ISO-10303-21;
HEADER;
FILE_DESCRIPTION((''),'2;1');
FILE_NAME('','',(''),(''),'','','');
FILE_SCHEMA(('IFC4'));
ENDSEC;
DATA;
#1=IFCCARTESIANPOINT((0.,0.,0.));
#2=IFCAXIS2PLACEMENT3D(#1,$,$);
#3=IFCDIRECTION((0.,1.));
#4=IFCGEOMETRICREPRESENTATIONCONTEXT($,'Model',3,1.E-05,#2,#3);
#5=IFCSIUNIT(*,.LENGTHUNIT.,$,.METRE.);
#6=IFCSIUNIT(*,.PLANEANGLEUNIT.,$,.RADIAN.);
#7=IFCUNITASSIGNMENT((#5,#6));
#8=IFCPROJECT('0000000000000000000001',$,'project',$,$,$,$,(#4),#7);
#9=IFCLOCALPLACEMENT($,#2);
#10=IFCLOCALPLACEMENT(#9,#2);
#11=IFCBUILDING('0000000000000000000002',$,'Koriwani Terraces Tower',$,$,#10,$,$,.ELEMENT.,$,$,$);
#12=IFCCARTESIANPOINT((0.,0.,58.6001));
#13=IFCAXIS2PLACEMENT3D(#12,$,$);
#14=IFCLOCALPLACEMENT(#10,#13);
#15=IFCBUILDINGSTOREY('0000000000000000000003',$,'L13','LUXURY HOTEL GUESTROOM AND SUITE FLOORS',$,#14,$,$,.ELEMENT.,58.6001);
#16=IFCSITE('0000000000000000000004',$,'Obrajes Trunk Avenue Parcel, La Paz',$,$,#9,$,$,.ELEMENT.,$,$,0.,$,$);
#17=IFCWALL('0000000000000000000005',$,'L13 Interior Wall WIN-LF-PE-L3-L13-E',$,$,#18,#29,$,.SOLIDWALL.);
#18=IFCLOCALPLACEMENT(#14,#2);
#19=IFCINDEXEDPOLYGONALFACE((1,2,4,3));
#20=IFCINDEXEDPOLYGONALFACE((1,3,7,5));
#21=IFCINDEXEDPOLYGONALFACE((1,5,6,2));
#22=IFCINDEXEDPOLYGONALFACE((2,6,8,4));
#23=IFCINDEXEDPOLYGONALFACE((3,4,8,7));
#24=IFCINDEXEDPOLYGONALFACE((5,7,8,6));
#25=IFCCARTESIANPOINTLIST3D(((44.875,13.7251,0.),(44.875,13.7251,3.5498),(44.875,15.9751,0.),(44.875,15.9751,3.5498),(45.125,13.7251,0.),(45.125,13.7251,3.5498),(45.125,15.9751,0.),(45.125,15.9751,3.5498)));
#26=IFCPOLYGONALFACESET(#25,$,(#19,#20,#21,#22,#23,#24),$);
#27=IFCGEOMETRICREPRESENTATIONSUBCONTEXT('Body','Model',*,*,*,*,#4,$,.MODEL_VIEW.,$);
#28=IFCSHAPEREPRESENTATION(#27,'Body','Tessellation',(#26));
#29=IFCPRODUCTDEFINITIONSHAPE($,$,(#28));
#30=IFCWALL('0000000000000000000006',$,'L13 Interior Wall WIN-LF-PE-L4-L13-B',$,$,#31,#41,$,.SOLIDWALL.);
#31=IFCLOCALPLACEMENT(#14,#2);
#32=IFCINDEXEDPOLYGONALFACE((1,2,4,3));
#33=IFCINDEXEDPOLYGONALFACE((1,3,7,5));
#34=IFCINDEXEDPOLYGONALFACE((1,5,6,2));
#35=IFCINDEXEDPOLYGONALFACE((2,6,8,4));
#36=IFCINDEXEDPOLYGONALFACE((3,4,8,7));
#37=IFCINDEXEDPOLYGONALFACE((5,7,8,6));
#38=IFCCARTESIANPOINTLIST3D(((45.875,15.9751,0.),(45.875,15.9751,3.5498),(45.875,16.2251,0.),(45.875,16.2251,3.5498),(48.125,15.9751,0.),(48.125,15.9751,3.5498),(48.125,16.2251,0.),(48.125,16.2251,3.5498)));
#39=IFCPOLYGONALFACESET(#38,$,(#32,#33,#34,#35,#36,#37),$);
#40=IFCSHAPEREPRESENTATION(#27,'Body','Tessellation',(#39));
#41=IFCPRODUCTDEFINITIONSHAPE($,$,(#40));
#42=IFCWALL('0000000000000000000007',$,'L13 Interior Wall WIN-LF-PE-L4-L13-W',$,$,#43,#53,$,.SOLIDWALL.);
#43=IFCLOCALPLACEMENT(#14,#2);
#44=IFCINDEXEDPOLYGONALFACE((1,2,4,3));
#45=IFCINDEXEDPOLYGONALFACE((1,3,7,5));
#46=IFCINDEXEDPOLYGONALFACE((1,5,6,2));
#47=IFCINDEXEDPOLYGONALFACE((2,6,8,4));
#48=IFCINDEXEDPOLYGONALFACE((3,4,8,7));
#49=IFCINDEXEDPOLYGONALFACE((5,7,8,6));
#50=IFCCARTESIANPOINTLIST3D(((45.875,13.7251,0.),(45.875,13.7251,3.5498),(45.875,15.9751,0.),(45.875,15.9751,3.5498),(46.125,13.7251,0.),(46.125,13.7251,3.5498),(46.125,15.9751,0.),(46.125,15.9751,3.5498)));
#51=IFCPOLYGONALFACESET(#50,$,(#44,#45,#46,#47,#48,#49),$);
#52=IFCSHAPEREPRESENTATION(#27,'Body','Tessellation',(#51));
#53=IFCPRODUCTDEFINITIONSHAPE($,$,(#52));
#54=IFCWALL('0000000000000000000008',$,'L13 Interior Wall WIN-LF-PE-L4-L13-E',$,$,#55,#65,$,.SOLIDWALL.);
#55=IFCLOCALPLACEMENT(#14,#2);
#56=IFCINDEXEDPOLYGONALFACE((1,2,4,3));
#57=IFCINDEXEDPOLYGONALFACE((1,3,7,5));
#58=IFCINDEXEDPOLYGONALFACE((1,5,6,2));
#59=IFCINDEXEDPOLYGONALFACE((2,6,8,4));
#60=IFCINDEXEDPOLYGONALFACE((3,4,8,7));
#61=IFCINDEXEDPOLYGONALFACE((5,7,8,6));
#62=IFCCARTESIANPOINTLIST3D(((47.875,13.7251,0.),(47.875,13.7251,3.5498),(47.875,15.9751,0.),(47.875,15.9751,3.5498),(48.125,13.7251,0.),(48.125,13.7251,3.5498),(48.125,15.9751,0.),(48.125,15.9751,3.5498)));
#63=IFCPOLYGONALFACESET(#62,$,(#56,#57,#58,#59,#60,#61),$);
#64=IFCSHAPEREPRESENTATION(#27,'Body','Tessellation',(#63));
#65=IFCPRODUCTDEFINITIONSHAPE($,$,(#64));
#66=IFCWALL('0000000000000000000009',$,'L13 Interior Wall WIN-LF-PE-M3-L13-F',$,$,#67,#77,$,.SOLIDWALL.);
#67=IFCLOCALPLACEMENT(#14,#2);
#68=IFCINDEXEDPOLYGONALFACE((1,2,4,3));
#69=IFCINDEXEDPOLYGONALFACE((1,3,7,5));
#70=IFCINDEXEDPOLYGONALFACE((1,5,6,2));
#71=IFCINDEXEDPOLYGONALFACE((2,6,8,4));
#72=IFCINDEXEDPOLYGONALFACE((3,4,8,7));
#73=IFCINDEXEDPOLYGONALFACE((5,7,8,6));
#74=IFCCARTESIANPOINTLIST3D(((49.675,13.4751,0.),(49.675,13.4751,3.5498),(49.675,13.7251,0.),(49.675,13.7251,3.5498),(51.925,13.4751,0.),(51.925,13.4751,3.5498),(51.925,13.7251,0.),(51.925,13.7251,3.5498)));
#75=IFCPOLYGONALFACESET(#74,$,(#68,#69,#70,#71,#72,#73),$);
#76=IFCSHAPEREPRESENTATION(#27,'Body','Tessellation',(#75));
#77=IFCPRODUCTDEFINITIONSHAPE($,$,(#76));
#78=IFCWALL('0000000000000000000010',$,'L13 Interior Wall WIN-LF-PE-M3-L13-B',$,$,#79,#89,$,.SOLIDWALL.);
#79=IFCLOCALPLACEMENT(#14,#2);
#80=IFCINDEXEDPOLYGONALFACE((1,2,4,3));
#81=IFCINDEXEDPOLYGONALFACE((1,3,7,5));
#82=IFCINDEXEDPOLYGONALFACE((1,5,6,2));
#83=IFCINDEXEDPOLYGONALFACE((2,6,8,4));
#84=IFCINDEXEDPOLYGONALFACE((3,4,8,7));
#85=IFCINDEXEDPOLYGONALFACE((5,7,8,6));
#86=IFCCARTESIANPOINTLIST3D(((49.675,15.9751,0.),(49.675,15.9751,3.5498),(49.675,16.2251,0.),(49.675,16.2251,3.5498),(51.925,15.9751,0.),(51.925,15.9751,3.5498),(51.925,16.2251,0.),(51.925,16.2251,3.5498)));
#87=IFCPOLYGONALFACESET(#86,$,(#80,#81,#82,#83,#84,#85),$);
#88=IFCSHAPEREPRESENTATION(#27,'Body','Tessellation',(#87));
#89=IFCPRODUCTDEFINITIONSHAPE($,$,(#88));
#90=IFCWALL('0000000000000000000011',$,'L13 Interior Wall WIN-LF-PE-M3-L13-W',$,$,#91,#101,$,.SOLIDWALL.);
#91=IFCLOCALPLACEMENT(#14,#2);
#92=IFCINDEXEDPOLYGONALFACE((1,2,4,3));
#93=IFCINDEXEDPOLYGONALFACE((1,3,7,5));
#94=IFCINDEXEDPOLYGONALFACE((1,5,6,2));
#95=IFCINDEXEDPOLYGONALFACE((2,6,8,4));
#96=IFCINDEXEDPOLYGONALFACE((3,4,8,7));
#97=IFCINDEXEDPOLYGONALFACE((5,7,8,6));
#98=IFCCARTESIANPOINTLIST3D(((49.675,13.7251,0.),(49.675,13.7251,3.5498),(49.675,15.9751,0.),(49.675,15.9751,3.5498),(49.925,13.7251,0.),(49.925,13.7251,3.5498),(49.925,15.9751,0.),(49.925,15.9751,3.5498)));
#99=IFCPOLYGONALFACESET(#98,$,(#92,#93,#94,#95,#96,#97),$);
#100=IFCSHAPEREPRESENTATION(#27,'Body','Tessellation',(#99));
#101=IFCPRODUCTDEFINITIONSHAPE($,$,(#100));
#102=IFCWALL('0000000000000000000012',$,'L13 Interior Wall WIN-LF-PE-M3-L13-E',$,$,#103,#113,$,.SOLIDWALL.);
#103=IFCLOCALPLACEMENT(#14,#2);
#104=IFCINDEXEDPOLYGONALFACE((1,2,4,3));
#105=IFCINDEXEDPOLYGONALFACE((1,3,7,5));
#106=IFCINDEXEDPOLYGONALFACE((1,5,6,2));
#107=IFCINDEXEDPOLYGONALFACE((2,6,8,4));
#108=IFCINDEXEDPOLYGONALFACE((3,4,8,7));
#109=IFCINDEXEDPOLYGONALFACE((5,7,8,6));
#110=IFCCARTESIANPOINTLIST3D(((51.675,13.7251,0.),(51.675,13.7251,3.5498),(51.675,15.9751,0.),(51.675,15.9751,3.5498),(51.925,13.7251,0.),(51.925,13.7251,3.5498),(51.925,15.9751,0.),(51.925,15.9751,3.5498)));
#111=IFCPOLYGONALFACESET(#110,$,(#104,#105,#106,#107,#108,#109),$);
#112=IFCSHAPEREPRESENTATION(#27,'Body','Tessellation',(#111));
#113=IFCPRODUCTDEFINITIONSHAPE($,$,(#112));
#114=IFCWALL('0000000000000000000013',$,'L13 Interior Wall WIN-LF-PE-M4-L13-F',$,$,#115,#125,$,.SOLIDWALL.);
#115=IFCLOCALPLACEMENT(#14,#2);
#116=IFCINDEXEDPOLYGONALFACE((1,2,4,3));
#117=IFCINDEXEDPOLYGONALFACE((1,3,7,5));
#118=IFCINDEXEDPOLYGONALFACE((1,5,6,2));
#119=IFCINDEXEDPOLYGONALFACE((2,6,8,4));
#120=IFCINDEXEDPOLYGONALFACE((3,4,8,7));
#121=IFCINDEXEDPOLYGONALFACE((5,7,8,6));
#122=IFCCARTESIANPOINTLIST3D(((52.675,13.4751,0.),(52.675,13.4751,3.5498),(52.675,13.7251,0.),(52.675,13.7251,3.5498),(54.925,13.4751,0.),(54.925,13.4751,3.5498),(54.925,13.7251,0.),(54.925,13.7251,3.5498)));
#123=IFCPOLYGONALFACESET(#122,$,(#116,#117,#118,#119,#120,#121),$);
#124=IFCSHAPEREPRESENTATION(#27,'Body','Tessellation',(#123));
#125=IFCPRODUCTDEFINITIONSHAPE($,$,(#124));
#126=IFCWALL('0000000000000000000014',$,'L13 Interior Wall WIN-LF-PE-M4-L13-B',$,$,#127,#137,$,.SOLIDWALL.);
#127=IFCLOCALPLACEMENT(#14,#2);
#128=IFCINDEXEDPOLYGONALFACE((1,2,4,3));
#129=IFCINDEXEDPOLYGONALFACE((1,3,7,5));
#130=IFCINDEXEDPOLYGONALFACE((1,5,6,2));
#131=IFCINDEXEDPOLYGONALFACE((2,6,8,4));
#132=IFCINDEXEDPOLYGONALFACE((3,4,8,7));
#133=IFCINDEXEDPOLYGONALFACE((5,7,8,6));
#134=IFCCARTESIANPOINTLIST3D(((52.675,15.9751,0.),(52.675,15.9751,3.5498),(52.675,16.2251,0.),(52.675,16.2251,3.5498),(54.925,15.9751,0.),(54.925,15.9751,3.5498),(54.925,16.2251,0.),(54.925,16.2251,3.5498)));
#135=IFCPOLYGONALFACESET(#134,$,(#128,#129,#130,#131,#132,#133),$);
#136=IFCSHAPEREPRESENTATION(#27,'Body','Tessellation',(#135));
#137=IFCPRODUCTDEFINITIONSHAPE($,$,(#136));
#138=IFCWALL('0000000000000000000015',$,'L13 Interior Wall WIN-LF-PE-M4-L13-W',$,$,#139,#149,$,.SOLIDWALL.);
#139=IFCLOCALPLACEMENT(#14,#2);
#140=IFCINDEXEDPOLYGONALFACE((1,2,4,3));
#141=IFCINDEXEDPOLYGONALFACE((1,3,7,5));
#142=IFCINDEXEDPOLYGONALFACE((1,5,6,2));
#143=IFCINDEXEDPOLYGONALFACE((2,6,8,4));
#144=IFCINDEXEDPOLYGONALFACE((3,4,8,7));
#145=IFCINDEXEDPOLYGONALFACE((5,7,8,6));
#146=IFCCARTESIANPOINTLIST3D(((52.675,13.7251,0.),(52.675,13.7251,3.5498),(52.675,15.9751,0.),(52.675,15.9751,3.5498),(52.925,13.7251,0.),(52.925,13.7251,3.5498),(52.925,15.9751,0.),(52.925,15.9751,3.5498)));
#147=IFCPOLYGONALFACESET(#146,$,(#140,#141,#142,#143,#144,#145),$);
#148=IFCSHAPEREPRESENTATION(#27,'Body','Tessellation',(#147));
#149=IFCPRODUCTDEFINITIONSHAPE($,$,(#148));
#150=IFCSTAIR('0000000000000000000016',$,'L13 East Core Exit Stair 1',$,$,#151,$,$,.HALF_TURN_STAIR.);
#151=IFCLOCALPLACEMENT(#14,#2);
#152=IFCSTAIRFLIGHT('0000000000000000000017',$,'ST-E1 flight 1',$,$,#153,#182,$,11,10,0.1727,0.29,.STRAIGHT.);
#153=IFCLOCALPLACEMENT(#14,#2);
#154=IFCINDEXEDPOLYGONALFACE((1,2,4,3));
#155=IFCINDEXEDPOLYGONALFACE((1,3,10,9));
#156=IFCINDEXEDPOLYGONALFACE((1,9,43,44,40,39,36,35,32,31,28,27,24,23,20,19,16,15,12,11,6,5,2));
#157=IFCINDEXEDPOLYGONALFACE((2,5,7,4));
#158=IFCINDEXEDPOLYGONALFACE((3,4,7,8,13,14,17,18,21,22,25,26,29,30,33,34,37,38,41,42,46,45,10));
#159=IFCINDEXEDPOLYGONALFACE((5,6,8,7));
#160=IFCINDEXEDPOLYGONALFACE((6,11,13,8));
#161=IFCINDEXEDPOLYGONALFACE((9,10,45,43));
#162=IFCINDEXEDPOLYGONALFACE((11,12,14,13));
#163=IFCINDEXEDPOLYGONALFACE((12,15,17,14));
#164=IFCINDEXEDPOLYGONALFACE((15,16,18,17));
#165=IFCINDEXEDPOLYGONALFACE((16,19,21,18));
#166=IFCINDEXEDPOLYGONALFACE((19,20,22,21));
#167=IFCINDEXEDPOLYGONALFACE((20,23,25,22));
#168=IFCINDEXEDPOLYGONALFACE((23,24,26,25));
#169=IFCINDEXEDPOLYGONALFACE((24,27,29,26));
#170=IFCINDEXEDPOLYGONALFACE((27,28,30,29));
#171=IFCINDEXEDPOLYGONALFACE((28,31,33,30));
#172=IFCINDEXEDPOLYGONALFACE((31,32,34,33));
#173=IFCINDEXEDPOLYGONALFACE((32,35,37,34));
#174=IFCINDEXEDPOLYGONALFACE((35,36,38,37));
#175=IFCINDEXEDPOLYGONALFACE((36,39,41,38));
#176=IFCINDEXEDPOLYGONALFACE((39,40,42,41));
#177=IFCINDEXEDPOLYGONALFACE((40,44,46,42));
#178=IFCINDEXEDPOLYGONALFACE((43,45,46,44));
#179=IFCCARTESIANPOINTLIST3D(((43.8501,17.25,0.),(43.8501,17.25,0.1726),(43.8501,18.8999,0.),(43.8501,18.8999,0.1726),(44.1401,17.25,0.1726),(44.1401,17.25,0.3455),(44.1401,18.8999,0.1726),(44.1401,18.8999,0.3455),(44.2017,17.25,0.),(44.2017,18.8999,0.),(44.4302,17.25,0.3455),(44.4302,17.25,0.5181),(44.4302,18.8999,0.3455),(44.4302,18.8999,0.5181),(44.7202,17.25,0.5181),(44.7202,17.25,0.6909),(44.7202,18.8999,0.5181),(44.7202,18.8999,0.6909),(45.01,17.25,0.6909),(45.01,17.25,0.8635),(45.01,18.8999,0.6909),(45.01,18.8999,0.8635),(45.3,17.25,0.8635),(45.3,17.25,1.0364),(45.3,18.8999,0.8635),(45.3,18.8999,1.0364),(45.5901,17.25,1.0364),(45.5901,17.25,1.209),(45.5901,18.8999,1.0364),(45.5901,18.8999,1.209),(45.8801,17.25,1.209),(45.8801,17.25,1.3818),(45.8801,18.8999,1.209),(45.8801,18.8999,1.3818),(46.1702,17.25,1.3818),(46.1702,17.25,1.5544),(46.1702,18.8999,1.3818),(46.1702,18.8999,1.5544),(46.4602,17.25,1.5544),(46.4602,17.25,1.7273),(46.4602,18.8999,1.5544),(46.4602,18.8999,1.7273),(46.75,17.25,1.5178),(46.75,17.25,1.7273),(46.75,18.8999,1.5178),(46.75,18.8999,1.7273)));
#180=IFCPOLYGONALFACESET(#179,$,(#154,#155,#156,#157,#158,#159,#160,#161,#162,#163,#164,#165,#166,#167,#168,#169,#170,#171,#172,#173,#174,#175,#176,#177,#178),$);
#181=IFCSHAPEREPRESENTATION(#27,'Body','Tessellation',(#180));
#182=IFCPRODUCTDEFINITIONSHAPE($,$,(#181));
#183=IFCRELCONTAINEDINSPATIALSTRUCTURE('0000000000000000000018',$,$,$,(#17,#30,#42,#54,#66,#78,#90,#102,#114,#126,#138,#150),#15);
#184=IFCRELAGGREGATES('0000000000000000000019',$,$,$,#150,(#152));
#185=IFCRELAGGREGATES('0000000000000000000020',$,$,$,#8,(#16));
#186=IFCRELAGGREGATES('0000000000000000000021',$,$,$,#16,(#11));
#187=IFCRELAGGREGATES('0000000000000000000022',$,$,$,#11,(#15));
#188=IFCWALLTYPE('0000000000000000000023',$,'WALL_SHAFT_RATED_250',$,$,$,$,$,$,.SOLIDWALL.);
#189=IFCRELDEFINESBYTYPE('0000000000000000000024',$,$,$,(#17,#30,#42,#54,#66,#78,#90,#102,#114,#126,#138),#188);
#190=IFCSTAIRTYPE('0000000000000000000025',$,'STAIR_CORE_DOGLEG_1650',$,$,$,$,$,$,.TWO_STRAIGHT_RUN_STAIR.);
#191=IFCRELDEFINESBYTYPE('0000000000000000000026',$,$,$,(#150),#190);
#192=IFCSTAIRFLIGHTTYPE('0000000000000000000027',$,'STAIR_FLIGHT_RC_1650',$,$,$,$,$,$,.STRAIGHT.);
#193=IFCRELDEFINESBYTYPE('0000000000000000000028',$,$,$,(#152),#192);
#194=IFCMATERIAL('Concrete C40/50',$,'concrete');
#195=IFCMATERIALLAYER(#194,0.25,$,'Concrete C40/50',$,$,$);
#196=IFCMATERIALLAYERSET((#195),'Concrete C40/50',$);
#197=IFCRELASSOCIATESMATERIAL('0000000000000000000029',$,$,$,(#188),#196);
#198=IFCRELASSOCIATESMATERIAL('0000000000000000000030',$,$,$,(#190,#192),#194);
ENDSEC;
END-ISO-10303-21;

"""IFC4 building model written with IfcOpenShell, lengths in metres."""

from ifc_helpers import new_model, si_unit, direction, frame, frame_2d, origin, place, context, subcontext, project, spatial, polyline, rectangle, outline, extrude, material, layer, layer_set, type_object, element, aggregate, save


model = new_model("IFC4")

# Units and contexts
model_context = context("Model", 3, precision=1e-05, world=origin(), true_north=direction((0.0, 1.0)))
body_context = subcontext(model_context, "Body", "Model", "MODEL_VIEW")
ifc_project = project(units=[si_unit("LENGTHUNIT", "METRE"), si_unit("PLANEANGLEUNIT", "RADIAN")], contexts=[model_context])

# Site, building, storey
site_placement = place(None, origin())
site = spatial("IfcSite", under=ifc_project, at=site_placement, Name="Obrajes Trunk Avenue Parcel, La Paz", CompositionType="ELEMENT", RefElevation=0.0)
building_placement = place(site_placement, origin())
building = spatial("IfcBuilding", under=site, at=building_placement, Name="Koriwani Terraces Tower", CompositionType="ELEMENT")
storey_placement = place(building_placement, frame((0.0, 0.0, 58.6001)))
storey = spatial("IfcBuildingStorey", under=building, at=storey_placement, Name="L13", Description="LUXURY HOTEL GUESTROOM AND SUITE FLOORS", CompositionType="ELEMENT", Elevation=58.6001)

# Shared definitions
ifc_material_1 = material(Name="Concrete C40/50", Category="concrete")

# Shared definitions
ifc_layer_1 = layer(ifc_material_1, 0.25, Name="Concrete C40/50")
ifc_layer_set_1 = layer_set([ifc_layer_1], Name="Concrete C40/50")
wall_type_1 = type_object("IfcWallType", Name="WALL_SHAFT_RATED_250", PredefinedType="SOLIDWALL", material=ifc_layer_set_1)

# Wall
for number, where, z_axis, x_axis, name in (
    (1, (45.0, 13.7251, 0.0), (0.0, 0.0, 1.0), (0.0, 1.0, 0.0), "L13 Interior Wall WIN-LF-PE-L3-L13-E"),
):
    element("IfcWall", number, at=place(storey_placement, frame(where, z_axis=z_axis, x_axis=x_axis)), inside=storey, type_object=wall_type_1, Name=name, PredefinedType="SOLIDWALL", context=body_context, shape_type="SweptSolid", body=[
        extrude(rectangle(XDim=2.25, YDim=0.25, at=frame_2d((1.125, 0.0))), origin(), (0.0, 0.0, 1.0), 3.5498),
    ])

# Walls
for number, where, z_axis, x_axis, name in (
    (2, (45.875, 16.1001, 0.0), (0.0, 0.0, 1.0), (1.0, 0.0, 0.0), "L13 Interior Wall WIN-LF-PE-L4-L13-B"),
    (3, (46.0, 13.7251, 0.0), (0.0, 0.0, 1.0), (0.0, 1.0, 0.0), "L13 Interior Wall WIN-LF-PE-L4-L13-W"),
    (4, (48.0, 13.7251, 0.0), (0.0, 0.0, 1.0), (0.0, 1.0, 0.0), "L13 Interior Wall WIN-LF-PE-L4-L13-E"),
    (5, (49.675, 13.6001, 0.0), (0.0, 0.0, 1.0), (1.0, 0.0, 0.0), "L13 Interior Wall WIN-LF-PE-M3-L13-F"),
    (6, (49.675, 16.1001, 0.0), (0.0, 0.0, 1.0), (1.0, 0.0, 0.0), "L13 Interior Wall WIN-LF-PE-M3-L13-B"),
    (7, (49.8, 13.7251, 0.0), (0.0, 0.0, 1.0), (0.0, 1.0, 0.0), "L13 Interior Wall WIN-LF-PE-M3-L13-W"),
    (8, (51.8, 13.7251, 0.0), (0.0, 0.0, 1.0), (0.0, 1.0, 0.0), "L13 Interior Wall WIN-LF-PE-M3-L13-E"),
    (9, (52.675, 13.6001, 0.0), (0.0, 0.0, 1.0), (1.0, 0.0, 0.0), "L13 Interior Wall WIN-LF-PE-M4-L13-F"),
    (10, (52.675, 16.1001, 0.0), (0.0, 0.0, 1.0), (1.0, 0.0, 0.0), "L13 Interior Wall WIN-LF-PE-M4-L13-B"),
    (11, (52.8, 13.7251, 0.0), (0.0, 0.0, 1.0), (0.0, 1.0, 0.0), "L13 Interior Wall WIN-LF-PE-M4-L13-W"),
):
    element("IfcWall", number, at=place(storey_placement, frame(where, z_axis=z_axis, x_axis=x_axis)), inside=storey, type_object=wall_type_1, Name=name, PredefinedType="SOLIDWALL", context=body_context, shape_type="SweptSolid", body=[
        extrude(rectangle(XDim=2.25, YDim=0.25, at=frame_2d((1.125, 0.0))), origin(), (0.0, 0.0, 1.0), 3.5498),
    ])

# Stair, stair flight
stair_type = type_object("IfcStairType", Name="STAIR_CORE_DOGLEG_1650", PredefinedType="TWO_STRAIGHT_RUN_STAIR", material=ifc_material_1)
stair_placement = place(storey_placement, origin())
stair = element("IfcStair", 12, at=stair_placement, inside=storey, type_object=stair_type, Name="L13 East Core Exit Stair 1", PredefinedType="HALF_TURN_STAIR")
stair_flight_type = type_object("IfcStairFlightType", Name="STAIR_FLIGHT_RC_1650", PredefinedType="STRAIGHT", material=ifc_material_1)
stair_flight_placement = place(storey_placement, frame((43.8501, 18.075, 0.0), z_axis=(0.0, 0.0, 1.0), x_axis=(1.0, 0.0, 0.0)))
stair_flight = element("IfcStairFlight", 13, at=stair_flight_placement, type_object=stair_flight_type, Name="ST-E1 flight 1", NumberOfRisers=11, NumberOfTreads=10, PredefinedType="STRAIGHT", RiserHeight=0.1727, TreadLength=0.29, context=body_context, shape_type="SweptSolid", body=[
    extrude(outline(polyline([(0.0, 0.0), (0.0, 0.1726), (0.29, 0.1726), (0.29, 0.3455), (0.5801, 0.3455), (0.5801, 0.5181), (0.8701, 0.5181), (0.8701, 0.6909), (1.1599, 0.6909), (1.1599, 0.8635), (1.45, 0.8635), (1.45, 1.0364), (1.74, 1.0364), (1.74, 1.209), (2.03, 1.209), (2.03, 1.3818), (2.3201, 1.3818), (2.3201, 1.5544), (2.6101, 1.5544), (2.6101, 1.7273), (2.8999, 1.7273), (2.8999, 1.8999), (2.8999, 1.5178), (0.3516, 0.0), (0.0, 0.0)])), frame((0.0, 0.825, 0.0), z_axis=(0.0, -1.0, 0.0), x_axis=(1.0, 0.0, 0.0)), (0.0, 0.0, 1.0), 1.6499),
])
aggregate(stair, [stair_flight])

save(model, "model.ifc")
